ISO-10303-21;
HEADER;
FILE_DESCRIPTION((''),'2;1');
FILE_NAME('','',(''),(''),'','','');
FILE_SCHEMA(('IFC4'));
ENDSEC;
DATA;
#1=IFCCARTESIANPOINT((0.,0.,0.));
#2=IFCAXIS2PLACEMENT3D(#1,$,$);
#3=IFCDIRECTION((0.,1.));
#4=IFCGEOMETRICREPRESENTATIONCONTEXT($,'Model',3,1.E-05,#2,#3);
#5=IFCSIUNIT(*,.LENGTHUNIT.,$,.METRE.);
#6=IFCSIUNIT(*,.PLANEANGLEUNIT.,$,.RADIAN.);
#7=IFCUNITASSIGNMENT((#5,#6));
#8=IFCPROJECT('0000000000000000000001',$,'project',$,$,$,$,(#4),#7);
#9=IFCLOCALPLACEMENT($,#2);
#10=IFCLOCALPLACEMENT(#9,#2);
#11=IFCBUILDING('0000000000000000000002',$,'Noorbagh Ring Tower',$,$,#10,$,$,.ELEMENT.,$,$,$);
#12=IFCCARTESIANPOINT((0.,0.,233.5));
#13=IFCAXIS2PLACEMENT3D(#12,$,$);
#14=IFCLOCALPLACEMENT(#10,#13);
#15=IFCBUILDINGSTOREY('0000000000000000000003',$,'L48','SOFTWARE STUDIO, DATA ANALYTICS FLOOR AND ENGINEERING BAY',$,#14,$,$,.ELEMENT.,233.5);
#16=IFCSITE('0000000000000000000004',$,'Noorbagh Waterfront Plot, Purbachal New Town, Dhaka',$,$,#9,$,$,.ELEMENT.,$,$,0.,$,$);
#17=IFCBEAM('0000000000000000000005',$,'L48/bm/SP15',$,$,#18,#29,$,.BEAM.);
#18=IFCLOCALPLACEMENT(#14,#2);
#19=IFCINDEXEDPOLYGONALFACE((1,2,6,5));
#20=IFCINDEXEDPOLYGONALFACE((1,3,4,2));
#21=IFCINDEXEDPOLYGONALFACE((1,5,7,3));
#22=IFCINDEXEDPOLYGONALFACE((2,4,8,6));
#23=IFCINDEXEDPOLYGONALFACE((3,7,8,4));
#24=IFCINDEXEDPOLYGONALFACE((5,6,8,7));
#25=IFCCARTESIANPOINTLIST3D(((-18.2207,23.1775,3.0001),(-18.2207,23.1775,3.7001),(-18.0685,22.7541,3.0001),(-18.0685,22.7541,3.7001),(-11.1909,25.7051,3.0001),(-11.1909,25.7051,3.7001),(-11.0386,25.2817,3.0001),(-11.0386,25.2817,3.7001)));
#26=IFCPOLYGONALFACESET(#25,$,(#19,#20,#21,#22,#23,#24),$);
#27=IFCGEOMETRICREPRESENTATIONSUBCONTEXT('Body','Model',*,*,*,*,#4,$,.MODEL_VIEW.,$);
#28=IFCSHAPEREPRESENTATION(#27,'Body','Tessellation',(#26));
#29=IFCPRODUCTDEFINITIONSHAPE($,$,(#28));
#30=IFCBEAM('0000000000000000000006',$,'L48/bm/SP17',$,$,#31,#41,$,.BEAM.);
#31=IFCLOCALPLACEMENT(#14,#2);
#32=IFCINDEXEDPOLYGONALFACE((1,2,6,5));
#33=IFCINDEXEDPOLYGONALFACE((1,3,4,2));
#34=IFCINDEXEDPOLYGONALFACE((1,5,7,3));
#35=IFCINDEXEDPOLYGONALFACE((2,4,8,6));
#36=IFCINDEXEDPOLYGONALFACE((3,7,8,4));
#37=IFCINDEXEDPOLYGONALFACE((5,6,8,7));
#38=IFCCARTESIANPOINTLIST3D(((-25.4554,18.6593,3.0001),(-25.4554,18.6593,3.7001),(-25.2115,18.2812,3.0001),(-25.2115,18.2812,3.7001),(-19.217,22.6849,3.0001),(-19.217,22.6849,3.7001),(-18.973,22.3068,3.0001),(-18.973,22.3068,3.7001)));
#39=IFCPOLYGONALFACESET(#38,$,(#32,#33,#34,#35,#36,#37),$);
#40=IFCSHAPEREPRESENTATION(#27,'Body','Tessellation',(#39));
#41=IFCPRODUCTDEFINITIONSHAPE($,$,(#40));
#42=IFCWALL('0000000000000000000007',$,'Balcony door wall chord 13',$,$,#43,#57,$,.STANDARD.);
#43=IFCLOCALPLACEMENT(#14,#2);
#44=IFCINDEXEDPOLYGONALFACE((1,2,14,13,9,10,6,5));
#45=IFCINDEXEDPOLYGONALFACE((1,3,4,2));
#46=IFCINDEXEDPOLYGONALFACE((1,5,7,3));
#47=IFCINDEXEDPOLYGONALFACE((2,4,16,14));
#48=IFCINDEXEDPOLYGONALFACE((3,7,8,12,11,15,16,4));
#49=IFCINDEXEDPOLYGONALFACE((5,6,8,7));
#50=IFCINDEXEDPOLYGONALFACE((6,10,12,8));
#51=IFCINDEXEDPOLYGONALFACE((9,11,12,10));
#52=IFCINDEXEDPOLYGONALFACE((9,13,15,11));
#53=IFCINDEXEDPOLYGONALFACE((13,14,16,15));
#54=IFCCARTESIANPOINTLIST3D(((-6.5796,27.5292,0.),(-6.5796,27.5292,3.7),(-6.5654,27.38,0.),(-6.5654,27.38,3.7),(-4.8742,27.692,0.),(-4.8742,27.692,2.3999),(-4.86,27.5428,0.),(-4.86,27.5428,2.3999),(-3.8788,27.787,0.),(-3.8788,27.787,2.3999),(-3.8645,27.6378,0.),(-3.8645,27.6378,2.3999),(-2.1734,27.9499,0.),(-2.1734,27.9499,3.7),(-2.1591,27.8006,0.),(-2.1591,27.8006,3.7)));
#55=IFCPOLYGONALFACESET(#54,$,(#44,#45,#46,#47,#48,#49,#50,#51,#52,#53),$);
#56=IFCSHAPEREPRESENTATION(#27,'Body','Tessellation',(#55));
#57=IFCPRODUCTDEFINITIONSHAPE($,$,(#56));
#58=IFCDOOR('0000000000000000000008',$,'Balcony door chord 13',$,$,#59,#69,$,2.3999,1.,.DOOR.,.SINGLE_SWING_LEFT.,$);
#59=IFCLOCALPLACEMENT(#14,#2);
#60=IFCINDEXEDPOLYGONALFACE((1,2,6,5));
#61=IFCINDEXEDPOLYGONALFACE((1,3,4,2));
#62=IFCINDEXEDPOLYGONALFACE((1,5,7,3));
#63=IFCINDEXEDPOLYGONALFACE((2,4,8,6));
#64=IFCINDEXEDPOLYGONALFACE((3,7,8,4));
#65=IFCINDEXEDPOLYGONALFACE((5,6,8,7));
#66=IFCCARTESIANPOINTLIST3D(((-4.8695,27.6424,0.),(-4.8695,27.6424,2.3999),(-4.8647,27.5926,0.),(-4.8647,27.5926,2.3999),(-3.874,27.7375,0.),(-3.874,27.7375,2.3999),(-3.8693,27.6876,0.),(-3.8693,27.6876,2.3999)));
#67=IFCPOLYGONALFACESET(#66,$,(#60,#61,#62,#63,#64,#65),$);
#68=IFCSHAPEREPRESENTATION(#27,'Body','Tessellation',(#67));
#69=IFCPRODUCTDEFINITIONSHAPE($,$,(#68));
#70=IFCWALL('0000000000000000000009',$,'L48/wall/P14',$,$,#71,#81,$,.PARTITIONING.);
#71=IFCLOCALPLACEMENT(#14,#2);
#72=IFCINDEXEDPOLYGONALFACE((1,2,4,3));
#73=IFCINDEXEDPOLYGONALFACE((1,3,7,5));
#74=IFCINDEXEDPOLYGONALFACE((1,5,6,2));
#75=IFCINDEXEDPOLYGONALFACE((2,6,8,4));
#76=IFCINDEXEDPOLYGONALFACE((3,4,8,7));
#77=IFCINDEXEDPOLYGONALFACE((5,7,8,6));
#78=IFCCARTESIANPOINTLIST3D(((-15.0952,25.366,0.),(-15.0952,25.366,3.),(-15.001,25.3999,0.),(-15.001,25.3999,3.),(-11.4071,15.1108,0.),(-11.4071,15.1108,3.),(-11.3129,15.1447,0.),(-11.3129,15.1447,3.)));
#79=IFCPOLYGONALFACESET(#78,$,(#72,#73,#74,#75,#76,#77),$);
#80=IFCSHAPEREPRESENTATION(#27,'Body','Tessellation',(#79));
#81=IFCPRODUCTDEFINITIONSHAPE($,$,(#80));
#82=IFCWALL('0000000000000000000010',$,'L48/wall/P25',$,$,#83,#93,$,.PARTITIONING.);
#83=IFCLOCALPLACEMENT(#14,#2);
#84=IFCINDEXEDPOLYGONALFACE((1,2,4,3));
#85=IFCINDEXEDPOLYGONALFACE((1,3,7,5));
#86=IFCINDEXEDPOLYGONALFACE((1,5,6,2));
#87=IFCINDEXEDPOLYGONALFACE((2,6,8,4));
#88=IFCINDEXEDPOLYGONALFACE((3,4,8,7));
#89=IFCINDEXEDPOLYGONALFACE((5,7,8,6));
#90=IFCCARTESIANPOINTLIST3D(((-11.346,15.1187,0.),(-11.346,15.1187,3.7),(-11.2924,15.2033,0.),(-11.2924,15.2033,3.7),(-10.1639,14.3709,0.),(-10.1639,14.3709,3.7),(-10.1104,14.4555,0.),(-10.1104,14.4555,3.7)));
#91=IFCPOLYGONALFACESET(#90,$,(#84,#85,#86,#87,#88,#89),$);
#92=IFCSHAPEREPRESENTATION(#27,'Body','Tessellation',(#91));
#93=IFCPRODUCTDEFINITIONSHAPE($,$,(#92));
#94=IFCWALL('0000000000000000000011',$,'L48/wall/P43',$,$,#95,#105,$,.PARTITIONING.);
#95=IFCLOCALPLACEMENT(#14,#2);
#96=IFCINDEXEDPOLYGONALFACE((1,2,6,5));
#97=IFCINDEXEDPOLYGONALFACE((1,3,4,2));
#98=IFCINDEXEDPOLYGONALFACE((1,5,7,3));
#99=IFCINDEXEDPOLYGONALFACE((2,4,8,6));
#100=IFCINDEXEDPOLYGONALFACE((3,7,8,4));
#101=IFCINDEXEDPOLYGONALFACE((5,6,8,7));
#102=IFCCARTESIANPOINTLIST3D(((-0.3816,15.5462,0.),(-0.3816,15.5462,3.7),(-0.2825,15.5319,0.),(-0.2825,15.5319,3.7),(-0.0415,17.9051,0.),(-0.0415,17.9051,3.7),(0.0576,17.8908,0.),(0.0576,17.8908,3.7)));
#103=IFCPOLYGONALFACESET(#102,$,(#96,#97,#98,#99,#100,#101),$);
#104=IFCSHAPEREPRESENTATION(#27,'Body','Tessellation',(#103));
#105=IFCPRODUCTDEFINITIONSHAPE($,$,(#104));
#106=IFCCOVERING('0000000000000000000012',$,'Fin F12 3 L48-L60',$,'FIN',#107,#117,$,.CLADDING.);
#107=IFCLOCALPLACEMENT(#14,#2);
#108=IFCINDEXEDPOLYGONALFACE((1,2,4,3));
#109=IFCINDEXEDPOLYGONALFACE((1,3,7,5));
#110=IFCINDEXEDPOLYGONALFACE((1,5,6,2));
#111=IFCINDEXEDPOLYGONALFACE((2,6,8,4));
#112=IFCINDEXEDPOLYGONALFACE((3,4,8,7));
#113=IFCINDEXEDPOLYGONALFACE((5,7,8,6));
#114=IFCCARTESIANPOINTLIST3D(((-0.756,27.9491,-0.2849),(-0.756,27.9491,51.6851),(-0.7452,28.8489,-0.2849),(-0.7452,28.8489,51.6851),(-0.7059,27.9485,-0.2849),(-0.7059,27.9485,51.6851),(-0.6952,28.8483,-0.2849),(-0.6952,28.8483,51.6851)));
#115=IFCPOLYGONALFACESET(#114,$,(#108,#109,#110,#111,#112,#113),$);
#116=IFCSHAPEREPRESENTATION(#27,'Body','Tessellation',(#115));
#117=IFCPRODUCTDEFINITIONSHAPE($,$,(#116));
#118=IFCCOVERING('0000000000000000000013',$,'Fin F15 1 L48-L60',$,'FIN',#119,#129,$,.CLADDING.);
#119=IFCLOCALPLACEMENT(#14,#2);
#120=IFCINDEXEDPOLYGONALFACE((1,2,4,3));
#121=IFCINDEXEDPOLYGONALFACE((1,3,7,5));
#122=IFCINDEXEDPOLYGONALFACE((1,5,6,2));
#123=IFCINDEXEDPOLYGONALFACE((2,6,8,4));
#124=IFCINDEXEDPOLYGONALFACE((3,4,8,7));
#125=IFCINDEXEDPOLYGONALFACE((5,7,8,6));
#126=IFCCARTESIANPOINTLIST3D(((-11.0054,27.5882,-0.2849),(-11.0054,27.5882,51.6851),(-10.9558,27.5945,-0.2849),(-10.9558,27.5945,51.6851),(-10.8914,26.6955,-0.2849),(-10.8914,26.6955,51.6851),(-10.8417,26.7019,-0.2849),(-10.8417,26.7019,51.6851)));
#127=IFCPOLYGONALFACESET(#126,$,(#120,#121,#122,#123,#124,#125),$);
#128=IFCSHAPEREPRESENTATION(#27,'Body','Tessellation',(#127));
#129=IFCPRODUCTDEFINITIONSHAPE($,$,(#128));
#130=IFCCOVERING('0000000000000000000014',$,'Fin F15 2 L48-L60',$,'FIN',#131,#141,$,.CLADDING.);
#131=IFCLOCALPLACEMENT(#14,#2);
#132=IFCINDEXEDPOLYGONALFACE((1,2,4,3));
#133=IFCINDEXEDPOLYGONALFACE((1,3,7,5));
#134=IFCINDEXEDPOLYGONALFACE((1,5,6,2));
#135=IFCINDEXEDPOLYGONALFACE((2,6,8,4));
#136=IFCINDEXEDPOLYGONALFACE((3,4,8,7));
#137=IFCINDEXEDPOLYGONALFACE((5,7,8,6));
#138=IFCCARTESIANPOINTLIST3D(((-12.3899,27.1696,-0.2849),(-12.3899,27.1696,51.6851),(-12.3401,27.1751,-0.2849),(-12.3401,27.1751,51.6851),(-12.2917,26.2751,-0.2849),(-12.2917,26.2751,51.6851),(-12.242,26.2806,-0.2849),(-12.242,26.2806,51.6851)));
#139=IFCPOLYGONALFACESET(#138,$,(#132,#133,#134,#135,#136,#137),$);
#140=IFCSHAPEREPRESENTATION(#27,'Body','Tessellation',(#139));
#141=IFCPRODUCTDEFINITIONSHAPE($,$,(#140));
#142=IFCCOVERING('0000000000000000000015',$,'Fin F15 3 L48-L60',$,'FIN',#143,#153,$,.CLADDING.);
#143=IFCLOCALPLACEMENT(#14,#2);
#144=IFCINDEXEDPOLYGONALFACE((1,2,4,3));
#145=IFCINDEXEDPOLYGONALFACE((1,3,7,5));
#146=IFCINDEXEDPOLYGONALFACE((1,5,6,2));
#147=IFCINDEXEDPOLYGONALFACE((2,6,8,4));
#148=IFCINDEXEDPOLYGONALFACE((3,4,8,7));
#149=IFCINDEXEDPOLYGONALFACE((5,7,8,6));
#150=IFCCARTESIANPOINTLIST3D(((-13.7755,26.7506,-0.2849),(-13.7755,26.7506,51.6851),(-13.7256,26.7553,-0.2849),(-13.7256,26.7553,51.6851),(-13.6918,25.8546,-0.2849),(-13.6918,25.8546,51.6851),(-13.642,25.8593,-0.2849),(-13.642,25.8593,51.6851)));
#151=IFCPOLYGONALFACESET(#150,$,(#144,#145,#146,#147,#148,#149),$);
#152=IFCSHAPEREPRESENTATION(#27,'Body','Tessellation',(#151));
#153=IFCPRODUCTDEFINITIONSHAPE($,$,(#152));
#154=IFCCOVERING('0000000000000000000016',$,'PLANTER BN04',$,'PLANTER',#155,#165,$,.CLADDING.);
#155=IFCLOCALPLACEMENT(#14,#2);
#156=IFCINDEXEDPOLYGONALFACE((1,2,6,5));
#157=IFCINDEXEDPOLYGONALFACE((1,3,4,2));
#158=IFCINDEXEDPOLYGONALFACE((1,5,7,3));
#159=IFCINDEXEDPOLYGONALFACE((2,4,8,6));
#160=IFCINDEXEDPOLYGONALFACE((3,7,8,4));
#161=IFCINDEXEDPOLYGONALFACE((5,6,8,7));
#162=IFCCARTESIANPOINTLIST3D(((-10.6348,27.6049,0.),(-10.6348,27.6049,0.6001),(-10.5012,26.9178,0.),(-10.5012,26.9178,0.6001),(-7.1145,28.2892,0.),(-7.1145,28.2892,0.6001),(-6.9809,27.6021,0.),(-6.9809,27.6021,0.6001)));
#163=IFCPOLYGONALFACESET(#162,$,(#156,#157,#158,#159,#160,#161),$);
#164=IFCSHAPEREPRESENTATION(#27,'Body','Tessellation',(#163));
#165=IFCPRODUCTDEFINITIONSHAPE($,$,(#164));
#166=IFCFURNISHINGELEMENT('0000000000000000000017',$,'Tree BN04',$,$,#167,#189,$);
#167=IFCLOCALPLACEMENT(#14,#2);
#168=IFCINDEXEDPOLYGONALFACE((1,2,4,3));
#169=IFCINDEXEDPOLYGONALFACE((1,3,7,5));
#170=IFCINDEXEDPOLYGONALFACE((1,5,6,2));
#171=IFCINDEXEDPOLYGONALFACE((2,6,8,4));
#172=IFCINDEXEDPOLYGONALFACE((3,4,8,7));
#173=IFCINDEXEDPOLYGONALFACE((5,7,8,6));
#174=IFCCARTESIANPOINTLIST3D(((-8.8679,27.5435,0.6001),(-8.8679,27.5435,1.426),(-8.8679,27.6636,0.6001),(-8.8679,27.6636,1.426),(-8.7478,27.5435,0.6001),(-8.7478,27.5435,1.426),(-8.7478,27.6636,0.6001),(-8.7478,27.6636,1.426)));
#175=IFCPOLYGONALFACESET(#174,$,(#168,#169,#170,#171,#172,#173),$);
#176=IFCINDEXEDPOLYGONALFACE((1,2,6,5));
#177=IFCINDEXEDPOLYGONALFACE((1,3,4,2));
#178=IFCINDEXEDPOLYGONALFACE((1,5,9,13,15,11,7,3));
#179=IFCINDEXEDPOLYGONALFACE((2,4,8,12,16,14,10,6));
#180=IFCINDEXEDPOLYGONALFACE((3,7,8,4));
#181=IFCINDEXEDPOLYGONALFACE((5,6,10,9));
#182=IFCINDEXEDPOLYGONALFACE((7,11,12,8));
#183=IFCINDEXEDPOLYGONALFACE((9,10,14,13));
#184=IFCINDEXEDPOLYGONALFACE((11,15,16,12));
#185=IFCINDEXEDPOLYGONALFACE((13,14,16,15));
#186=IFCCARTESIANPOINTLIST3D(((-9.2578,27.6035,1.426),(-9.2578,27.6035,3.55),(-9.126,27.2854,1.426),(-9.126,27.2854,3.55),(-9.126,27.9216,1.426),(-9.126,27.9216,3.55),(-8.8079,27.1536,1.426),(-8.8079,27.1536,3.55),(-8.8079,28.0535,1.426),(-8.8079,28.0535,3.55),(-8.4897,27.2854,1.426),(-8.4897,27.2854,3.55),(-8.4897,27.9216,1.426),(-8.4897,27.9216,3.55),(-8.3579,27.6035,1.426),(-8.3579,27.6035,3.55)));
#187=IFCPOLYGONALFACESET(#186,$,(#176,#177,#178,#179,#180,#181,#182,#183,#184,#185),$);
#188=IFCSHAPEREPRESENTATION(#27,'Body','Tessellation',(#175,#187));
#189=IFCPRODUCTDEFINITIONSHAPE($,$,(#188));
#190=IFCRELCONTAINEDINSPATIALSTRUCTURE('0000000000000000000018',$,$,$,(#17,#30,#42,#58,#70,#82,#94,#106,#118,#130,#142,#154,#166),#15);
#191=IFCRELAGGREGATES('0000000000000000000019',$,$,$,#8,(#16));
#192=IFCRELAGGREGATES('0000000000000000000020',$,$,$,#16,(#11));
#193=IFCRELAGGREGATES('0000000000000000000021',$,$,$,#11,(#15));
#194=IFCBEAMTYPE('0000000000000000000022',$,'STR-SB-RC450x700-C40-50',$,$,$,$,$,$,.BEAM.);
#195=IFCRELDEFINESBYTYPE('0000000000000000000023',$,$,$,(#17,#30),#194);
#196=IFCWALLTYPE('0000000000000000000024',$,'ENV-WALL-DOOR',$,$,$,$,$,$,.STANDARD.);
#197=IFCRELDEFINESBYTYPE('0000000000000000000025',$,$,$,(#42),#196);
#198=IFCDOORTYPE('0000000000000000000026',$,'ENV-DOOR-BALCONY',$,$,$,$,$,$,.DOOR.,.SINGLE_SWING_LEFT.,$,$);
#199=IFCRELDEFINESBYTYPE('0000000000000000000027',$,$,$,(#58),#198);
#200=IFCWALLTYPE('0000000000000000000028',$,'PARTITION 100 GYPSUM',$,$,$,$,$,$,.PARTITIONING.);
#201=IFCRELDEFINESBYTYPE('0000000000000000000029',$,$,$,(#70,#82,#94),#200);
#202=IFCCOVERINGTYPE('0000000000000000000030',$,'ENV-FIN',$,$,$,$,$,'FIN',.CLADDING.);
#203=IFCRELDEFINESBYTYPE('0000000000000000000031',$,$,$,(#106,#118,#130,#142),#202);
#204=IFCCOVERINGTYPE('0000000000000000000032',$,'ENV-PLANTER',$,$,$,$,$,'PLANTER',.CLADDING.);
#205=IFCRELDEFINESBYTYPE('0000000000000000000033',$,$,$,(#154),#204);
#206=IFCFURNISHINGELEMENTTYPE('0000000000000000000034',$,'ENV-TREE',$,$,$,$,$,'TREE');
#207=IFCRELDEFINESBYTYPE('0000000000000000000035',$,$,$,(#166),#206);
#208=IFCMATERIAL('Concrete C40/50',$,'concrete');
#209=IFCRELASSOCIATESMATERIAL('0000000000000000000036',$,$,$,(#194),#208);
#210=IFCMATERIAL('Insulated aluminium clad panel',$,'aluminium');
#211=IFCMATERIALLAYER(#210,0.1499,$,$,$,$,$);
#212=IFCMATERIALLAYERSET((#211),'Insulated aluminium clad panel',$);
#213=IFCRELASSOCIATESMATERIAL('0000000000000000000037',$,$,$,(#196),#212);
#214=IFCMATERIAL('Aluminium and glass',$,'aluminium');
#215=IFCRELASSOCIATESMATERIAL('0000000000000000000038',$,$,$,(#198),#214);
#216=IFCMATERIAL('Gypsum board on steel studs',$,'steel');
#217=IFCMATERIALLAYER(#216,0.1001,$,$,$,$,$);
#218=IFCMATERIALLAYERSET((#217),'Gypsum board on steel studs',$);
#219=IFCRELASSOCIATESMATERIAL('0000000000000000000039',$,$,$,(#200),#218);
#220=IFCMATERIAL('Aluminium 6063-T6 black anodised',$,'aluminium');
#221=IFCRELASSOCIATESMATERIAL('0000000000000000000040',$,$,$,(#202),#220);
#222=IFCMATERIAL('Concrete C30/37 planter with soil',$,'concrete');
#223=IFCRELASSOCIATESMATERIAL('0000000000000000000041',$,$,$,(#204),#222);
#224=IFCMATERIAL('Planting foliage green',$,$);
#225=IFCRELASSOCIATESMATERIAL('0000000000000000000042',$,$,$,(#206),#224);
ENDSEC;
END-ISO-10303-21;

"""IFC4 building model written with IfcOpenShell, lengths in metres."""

from ifc_helpers import new_model, si_unit, direction, frame, frame_2d, origin, origin_2d, place, context, subcontext, project, spatial, polyline, rectangle, outline, extrude, material, layer, layer_set, material_profile, profile_set, type_object, element, fill, save


model = new_model("IFC4")

# Units and contexts
model_context = context("Model", 3, precision=1e-05, world=origin(), true_north=direction((0.0, 1.0)))
body_context = subcontext(model_context, "Body", "Model", "MODEL_VIEW")
ifc_project = project(units=[si_unit("LENGTHUNIT", "METRE"), si_unit("PLANEANGLEUNIT", "RADIAN")], contexts=[model_context])

# Site, building, storey
site_placement = place(None, origin())
site = spatial("IfcSite", under=ifc_project, at=site_placement, Name="Noorbagh Waterfront Plot, Purbachal New Town, Dhaka", CompositionType="ELEMENT", RefElevation=0.0)
building_placement = place(site_placement, origin())
building = spatial("IfcBuilding", under=site, at=building_placement, Name="Noorbagh Ring Tower", CompositionType="ELEMENT")
storey_placement = place(building_placement, frame((0.0, 0.0, 233.5)))
storey = spatial("IfcBuildingStorey", under=building, at=storey_placement, Name="L48", Description="SOFTWARE STUDIO, DATA ANALYTICS FLOOR AND ENGINEERING BAY", CompositionType="ELEMENT", Elevation=233.5)

# Beams
ifc_material_1 = material(Name="Concrete C40/50", Category="concrete")
ifc_material_profile_1 = material_profile(ifc_material_1, rectangle(XDim=0.45, YDim=0.7, at=origin_2d()), Name="RC450x700")
ifc_profile_set_1 = profile_set([ifc_material_profile_1], Name="Concrete C40/50")
beam_type_1 = type_object("IfcBeamType", Name="STR-SB-RC450x700-C40-50", PredefinedType="BEAM", material=ifc_profile_set_1)
beam_1_placement = place(storey_placement, frame((-11.1147, 25.4934, 3.3501), z_axis=(-0.941021, -0.338348, 0.0), x_axis=(0.338348, -0.941021, 0.0)))
element("IfcBeam", 1, at=beam_1_placement, inside=storey, type_object=beam_type_1, Name="L48/bm/SP15", PredefinedType="BEAM", context=body_context, shape_type="SweptSolid", body=[
    extrude(rectangle(XDim=0.45, YDim=0.7, at=origin_2d()), origin(), (0.0, 0.0, 1.0), 7.4705),
])
beam_2_placement = place(storey_placement, frame((-19.095, 22.4958, 3.3501), z_axis=(-0.840249, -0.542201, 0.0), x_axis=(0.542201, -0.840249, 0.0)))
element("IfcBeam", 2, at=beam_2_placement, inside=storey, type_object=beam_type_1, Name="L48/bm/SP17", PredefinedType="BEAM", context=body_context, shape_type="SweptSolid", body=[
    extrude(rectangle(XDim=0.45, YDim=0.7, at=origin_2d()), origin(), (0.0, 0.0, 1.0), 7.4246),
])

# Wall, opening, door
ifc_material_2 = material(Name="Insulated aluminium clad panel", Category="aluminium")
ifc_layer_1 = layer(ifc_material_2, 0.1499)
ifc_layer_set_1 = layer_set([ifc_layer_1], Name="Insulated aluminium clad panel")
wall_type_1 = type_object("IfcWallType", Name="ENV-WALL-DOOR", PredefinedType="STANDARD", material=ifc_layer_set_1)
wall_1_placement = place(storey_placement, frame((-2.1663, 27.8752, 0.0), z_axis=(0.0, 0.0, 1.0), x_axis=(-0.995474, -0.095036, 0.0)))
wall_1 = element("IfcWall", 3, at=wall_1_placement, inside=storey, type_object=wall_type_1, Name="Balcony door wall chord 13", PredefinedType="STANDARD", context=body_context, shape_type="SweptSolid", body=[
    extrude(rectangle(XDim=4.4263, YDim=0.1499, at=frame_2d((2.2131, 0.0))), origin(), (0.0, 0.0, 1.0), 3.7),
])
opening_placement = place(wall_1_placement, frame((1.7131, 0.0, 0.0)))
opening = element("IfcOpeningElement", 4, at=opening_placement, cuts=wall_1, PredefinedType="OPENING", context=body_context, shape_type="SweptSolid", body=[
    extrude(rectangle(XDim=1.0, YDim=2.3999, at=frame_2d((0.5, 1.2))), frame((0.0, 0.085, 0.0), z_axis=(0.0, -1.0, 0.0), x_axis=(1.0, 0.0, 0.0)), (0.0, 0.0, 1.0), 0.1699),
])
ifc_material_3 = material(Name="Aluminium and glass", Category="aluminium")
door_type = type_object("IfcDoorType", Name="ENV-DOOR-BALCONY", OperationType="SINGLE_SWING_LEFT", PredefinedType="DOOR", material=ifc_material_3)
door_placement = place(opening_placement, origin())
door = element("IfcDoor", 5, at=door_placement, inside=storey, type_object=door_type, Name="Balcony door chord 13", OperationType="SINGLE_SWING_LEFT", OverallHeight=2.3999, OverallWidth=1.0, PredefinedType="DOOR", context=body_context, shape_type="SweptSolid", body=[
    extrude(rectangle(XDim=1.0, YDim=2.3999, at=frame_2d((0.5, 1.2))), frame((0.0, 0.0249, 0.0), z_axis=(0.0, -1.0, 0.0), x_axis=(1.0, 0.0, 0.0)), (0.0, 0.0, 1.0), 0.05),
])
fill(opening, door)

# Walls
ifc_material_4 = material(Name="Gypsum board on steel studs", Category="steel")
ifc_layer_2 = layer(ifc_material_4, 0.1001)
ifc_layer_set_2 = layer_set([ifc_layer_2], Name="Gypsum board on steel studs")
wall_type_2 = type_object("IfcWallType", Name="PARTITION 100 GYPSUM", PredefinedType="PARTITIONING", material=ifc_layer_set_2)
wall_2_placement = place(storey_placement, frame((-15.0481, 25.3831, 0.0), z_axis=(0.0, 0.0, 1.0), x_axis=(0.338406, -0.941, 0.0)))
element("IfcWall", 6, at=wall_2_placement, inside=storey, type_object=wall_type_2, Name="L48/wall/P14", PredefinedType="PARTITIONING", context=body_context, shape_type="SweptSolid", body=[
    extrude(rectangle(XDim=10.8982, YDim=0.1001, at=frame_2d((5.4492, 0.0))), origin(), (0.0, 0.0, 1.0), 3.0),
])
wall_3_placement = place(storey_placement, frame((-11.3191, 15.1609, 0.0), z_axis=(0.0, 0.0, 1.0), x_axis=(0.845103, -0.534604, 0.0)))
element("IfcWall", 7, at=wall_3_placement, inside=storey, type_object=wall_type_2, Name="L48/wall/P25", PredefinedType="PARTITIONING", context=body_context, shape_type="SweptSolid", body=[
    extrude(rectangle(XDim=1.3987, YDim=0.1001, at=frame_2d((0.6992, 0.0))), origin(), (0.0, 0.0, 1.0), 3.7),
])
wall_4_placement = place(storey_placement, frame((-0.332, 15.5391, 0.0), z_axis=(0.0, 0.0, 1.0), x_axis=(0.142698, 0.989766, 0.0)))
element("IfcWall", 8, at=wall_4_placement, inside=storey, type_object=wall_type_2, Name="L48/wall/P43", PredefinedType="PARTITIONING", context=body_context, shape_type="SweptSolid", body=[
    extrude(rectangle(XDim=2.3833, YDim=0.1001, at=frame_2d((1.1917, 0.0))), origin(), (0.0, 0.0, 1.0), 3.7),
])

# Coverings
ifc_material_5 = material(Name="Aluminium 6063-T6 black anodised", Category="aluminium")
ifc_material_profile_2 = material_profile(ifc_material_5, rectangle(XDim=0.8999, YDim=0.05, at=origin_2d()), Name="900x50")
ifc_profile_set_2 = profile_set([ifc_material_profile_2], Name="Aluminium 6063-T6 black anodised")
covering_type_1 = type_object("IfcCoveringType", Name="ENV-FIN", ElementType="FIN", PredefinedType="CLADDING", material=ifc_profile_set_2)
for number, where, z_axis, x_axis, name in (
    (9, (-0.7256, 28.3987, -0.2849), (0.0, 0.0, 1.0), (0.011915, 0.999929, 0.0), "Fin F12 3 L48-L60"),
    (10, (-10.9236, 27.145, -0.2849), (0.0, 0.0, 1.0), (-0.126759, 0.991933, 0.0), "Fin F15 1 L48-L60"),
    (11, (-12.3159, 26.7251, -0.2849), (0.0, 0.0, 1.0), (-0.109101, 0.994031, 0.0), "Fin F15 2 L48-L60"),
    (12, (-13.7087, 26.3049, -0.2849), (0.0, 0.0, 1.0), (-0.092918, 0.995674, 0.0), "Fin F15 3 L48-L60"),
):
    element("IfcCovering", number, at=place(storey_placement, frame(where, z_axis=z_axis, x_axis=x_axis)), inside=storey, type_object=covering_type_1, Name=name, ObjectType="FIN", PredefinedType="CLADDING", context=body_context, shape_type="SweptSolid", body=[
        extrude(rectangle(XDim=0.8999, YDim=0.05, at=origin_2d()), origin(), (0.0, 0.0, 1.0), 51.97),
    ])

# Covering
ifc_material_6 = material(Name="Concrete C30/37 planter with soil", Category="concrete")
covering_type_2 = type_object("IfcCoveringType", Name="ENV-PLANTER", ElementType="PLANTER", PredefinedType="CLADDING", material=ifc_material_6)
covering_placement = place(storey_placement, frame((-8.8079, 27.6035, 0.0), z_axis=(0.0, 0.0, 1.0), x_axis=(-0.981625, -0.19082, 0.0)))
element("IfcCovering", 13, at=covering_placement, inside=storey, type_object=covering_type_2, Name="PLANTER BN04", ObjectType="PLANTER", PredefinedType="CLADDING", context=body_context, shape_type="SweptSolid", body=[
    extrude(rectangle(XDim=3.5862, YDim=0.7, at=origin_2d()), origin(), (0.0, 0.0, 1.0), 0.6001),
])

# Furnishing element
ifc_material_7 = material(Name="Planting foliage green")
furnishing_element_type = type_object("IfcFurnishingElementType", Name="ENV-TREE", ElementType="TREE", material=ifc_material_7)
furnishing_placement = place(storey_placement, frame((-8.8079, 27.6035, 0.6001), z_axis=(0.0, 0.0, 1.0), x_axis=(1.0, 0.0, 0.0)))
element("IfcFurnishingElement", 14, at=furnishing_placement, inside=storey, type_object=furnishing_element_type, Name="Tree BN04", context=body_context, shape_type="SweptSolid", body=[
    extrude(rectangle(XDim=0.1201, YDim=0.1201, at=origin_2d()), origin(), (0.0, 0.0, 1.0), 0.8259),
    extrude(outline(polyline([(0.45, 0.0), (0.3181, 0.3181), (0.0, 0.45), (-0.3181, 0.3181), (-0.45, 0.0), (-0.3181, -0.3181), (0.0, -0.45), (0.3181, -0.3181), (0.45, 0.0)])), frame((0.0, 0.0, 0.8259)), (0.0, 0.0, 1.0), 2.124),
])

save(model, "model.ifc")
